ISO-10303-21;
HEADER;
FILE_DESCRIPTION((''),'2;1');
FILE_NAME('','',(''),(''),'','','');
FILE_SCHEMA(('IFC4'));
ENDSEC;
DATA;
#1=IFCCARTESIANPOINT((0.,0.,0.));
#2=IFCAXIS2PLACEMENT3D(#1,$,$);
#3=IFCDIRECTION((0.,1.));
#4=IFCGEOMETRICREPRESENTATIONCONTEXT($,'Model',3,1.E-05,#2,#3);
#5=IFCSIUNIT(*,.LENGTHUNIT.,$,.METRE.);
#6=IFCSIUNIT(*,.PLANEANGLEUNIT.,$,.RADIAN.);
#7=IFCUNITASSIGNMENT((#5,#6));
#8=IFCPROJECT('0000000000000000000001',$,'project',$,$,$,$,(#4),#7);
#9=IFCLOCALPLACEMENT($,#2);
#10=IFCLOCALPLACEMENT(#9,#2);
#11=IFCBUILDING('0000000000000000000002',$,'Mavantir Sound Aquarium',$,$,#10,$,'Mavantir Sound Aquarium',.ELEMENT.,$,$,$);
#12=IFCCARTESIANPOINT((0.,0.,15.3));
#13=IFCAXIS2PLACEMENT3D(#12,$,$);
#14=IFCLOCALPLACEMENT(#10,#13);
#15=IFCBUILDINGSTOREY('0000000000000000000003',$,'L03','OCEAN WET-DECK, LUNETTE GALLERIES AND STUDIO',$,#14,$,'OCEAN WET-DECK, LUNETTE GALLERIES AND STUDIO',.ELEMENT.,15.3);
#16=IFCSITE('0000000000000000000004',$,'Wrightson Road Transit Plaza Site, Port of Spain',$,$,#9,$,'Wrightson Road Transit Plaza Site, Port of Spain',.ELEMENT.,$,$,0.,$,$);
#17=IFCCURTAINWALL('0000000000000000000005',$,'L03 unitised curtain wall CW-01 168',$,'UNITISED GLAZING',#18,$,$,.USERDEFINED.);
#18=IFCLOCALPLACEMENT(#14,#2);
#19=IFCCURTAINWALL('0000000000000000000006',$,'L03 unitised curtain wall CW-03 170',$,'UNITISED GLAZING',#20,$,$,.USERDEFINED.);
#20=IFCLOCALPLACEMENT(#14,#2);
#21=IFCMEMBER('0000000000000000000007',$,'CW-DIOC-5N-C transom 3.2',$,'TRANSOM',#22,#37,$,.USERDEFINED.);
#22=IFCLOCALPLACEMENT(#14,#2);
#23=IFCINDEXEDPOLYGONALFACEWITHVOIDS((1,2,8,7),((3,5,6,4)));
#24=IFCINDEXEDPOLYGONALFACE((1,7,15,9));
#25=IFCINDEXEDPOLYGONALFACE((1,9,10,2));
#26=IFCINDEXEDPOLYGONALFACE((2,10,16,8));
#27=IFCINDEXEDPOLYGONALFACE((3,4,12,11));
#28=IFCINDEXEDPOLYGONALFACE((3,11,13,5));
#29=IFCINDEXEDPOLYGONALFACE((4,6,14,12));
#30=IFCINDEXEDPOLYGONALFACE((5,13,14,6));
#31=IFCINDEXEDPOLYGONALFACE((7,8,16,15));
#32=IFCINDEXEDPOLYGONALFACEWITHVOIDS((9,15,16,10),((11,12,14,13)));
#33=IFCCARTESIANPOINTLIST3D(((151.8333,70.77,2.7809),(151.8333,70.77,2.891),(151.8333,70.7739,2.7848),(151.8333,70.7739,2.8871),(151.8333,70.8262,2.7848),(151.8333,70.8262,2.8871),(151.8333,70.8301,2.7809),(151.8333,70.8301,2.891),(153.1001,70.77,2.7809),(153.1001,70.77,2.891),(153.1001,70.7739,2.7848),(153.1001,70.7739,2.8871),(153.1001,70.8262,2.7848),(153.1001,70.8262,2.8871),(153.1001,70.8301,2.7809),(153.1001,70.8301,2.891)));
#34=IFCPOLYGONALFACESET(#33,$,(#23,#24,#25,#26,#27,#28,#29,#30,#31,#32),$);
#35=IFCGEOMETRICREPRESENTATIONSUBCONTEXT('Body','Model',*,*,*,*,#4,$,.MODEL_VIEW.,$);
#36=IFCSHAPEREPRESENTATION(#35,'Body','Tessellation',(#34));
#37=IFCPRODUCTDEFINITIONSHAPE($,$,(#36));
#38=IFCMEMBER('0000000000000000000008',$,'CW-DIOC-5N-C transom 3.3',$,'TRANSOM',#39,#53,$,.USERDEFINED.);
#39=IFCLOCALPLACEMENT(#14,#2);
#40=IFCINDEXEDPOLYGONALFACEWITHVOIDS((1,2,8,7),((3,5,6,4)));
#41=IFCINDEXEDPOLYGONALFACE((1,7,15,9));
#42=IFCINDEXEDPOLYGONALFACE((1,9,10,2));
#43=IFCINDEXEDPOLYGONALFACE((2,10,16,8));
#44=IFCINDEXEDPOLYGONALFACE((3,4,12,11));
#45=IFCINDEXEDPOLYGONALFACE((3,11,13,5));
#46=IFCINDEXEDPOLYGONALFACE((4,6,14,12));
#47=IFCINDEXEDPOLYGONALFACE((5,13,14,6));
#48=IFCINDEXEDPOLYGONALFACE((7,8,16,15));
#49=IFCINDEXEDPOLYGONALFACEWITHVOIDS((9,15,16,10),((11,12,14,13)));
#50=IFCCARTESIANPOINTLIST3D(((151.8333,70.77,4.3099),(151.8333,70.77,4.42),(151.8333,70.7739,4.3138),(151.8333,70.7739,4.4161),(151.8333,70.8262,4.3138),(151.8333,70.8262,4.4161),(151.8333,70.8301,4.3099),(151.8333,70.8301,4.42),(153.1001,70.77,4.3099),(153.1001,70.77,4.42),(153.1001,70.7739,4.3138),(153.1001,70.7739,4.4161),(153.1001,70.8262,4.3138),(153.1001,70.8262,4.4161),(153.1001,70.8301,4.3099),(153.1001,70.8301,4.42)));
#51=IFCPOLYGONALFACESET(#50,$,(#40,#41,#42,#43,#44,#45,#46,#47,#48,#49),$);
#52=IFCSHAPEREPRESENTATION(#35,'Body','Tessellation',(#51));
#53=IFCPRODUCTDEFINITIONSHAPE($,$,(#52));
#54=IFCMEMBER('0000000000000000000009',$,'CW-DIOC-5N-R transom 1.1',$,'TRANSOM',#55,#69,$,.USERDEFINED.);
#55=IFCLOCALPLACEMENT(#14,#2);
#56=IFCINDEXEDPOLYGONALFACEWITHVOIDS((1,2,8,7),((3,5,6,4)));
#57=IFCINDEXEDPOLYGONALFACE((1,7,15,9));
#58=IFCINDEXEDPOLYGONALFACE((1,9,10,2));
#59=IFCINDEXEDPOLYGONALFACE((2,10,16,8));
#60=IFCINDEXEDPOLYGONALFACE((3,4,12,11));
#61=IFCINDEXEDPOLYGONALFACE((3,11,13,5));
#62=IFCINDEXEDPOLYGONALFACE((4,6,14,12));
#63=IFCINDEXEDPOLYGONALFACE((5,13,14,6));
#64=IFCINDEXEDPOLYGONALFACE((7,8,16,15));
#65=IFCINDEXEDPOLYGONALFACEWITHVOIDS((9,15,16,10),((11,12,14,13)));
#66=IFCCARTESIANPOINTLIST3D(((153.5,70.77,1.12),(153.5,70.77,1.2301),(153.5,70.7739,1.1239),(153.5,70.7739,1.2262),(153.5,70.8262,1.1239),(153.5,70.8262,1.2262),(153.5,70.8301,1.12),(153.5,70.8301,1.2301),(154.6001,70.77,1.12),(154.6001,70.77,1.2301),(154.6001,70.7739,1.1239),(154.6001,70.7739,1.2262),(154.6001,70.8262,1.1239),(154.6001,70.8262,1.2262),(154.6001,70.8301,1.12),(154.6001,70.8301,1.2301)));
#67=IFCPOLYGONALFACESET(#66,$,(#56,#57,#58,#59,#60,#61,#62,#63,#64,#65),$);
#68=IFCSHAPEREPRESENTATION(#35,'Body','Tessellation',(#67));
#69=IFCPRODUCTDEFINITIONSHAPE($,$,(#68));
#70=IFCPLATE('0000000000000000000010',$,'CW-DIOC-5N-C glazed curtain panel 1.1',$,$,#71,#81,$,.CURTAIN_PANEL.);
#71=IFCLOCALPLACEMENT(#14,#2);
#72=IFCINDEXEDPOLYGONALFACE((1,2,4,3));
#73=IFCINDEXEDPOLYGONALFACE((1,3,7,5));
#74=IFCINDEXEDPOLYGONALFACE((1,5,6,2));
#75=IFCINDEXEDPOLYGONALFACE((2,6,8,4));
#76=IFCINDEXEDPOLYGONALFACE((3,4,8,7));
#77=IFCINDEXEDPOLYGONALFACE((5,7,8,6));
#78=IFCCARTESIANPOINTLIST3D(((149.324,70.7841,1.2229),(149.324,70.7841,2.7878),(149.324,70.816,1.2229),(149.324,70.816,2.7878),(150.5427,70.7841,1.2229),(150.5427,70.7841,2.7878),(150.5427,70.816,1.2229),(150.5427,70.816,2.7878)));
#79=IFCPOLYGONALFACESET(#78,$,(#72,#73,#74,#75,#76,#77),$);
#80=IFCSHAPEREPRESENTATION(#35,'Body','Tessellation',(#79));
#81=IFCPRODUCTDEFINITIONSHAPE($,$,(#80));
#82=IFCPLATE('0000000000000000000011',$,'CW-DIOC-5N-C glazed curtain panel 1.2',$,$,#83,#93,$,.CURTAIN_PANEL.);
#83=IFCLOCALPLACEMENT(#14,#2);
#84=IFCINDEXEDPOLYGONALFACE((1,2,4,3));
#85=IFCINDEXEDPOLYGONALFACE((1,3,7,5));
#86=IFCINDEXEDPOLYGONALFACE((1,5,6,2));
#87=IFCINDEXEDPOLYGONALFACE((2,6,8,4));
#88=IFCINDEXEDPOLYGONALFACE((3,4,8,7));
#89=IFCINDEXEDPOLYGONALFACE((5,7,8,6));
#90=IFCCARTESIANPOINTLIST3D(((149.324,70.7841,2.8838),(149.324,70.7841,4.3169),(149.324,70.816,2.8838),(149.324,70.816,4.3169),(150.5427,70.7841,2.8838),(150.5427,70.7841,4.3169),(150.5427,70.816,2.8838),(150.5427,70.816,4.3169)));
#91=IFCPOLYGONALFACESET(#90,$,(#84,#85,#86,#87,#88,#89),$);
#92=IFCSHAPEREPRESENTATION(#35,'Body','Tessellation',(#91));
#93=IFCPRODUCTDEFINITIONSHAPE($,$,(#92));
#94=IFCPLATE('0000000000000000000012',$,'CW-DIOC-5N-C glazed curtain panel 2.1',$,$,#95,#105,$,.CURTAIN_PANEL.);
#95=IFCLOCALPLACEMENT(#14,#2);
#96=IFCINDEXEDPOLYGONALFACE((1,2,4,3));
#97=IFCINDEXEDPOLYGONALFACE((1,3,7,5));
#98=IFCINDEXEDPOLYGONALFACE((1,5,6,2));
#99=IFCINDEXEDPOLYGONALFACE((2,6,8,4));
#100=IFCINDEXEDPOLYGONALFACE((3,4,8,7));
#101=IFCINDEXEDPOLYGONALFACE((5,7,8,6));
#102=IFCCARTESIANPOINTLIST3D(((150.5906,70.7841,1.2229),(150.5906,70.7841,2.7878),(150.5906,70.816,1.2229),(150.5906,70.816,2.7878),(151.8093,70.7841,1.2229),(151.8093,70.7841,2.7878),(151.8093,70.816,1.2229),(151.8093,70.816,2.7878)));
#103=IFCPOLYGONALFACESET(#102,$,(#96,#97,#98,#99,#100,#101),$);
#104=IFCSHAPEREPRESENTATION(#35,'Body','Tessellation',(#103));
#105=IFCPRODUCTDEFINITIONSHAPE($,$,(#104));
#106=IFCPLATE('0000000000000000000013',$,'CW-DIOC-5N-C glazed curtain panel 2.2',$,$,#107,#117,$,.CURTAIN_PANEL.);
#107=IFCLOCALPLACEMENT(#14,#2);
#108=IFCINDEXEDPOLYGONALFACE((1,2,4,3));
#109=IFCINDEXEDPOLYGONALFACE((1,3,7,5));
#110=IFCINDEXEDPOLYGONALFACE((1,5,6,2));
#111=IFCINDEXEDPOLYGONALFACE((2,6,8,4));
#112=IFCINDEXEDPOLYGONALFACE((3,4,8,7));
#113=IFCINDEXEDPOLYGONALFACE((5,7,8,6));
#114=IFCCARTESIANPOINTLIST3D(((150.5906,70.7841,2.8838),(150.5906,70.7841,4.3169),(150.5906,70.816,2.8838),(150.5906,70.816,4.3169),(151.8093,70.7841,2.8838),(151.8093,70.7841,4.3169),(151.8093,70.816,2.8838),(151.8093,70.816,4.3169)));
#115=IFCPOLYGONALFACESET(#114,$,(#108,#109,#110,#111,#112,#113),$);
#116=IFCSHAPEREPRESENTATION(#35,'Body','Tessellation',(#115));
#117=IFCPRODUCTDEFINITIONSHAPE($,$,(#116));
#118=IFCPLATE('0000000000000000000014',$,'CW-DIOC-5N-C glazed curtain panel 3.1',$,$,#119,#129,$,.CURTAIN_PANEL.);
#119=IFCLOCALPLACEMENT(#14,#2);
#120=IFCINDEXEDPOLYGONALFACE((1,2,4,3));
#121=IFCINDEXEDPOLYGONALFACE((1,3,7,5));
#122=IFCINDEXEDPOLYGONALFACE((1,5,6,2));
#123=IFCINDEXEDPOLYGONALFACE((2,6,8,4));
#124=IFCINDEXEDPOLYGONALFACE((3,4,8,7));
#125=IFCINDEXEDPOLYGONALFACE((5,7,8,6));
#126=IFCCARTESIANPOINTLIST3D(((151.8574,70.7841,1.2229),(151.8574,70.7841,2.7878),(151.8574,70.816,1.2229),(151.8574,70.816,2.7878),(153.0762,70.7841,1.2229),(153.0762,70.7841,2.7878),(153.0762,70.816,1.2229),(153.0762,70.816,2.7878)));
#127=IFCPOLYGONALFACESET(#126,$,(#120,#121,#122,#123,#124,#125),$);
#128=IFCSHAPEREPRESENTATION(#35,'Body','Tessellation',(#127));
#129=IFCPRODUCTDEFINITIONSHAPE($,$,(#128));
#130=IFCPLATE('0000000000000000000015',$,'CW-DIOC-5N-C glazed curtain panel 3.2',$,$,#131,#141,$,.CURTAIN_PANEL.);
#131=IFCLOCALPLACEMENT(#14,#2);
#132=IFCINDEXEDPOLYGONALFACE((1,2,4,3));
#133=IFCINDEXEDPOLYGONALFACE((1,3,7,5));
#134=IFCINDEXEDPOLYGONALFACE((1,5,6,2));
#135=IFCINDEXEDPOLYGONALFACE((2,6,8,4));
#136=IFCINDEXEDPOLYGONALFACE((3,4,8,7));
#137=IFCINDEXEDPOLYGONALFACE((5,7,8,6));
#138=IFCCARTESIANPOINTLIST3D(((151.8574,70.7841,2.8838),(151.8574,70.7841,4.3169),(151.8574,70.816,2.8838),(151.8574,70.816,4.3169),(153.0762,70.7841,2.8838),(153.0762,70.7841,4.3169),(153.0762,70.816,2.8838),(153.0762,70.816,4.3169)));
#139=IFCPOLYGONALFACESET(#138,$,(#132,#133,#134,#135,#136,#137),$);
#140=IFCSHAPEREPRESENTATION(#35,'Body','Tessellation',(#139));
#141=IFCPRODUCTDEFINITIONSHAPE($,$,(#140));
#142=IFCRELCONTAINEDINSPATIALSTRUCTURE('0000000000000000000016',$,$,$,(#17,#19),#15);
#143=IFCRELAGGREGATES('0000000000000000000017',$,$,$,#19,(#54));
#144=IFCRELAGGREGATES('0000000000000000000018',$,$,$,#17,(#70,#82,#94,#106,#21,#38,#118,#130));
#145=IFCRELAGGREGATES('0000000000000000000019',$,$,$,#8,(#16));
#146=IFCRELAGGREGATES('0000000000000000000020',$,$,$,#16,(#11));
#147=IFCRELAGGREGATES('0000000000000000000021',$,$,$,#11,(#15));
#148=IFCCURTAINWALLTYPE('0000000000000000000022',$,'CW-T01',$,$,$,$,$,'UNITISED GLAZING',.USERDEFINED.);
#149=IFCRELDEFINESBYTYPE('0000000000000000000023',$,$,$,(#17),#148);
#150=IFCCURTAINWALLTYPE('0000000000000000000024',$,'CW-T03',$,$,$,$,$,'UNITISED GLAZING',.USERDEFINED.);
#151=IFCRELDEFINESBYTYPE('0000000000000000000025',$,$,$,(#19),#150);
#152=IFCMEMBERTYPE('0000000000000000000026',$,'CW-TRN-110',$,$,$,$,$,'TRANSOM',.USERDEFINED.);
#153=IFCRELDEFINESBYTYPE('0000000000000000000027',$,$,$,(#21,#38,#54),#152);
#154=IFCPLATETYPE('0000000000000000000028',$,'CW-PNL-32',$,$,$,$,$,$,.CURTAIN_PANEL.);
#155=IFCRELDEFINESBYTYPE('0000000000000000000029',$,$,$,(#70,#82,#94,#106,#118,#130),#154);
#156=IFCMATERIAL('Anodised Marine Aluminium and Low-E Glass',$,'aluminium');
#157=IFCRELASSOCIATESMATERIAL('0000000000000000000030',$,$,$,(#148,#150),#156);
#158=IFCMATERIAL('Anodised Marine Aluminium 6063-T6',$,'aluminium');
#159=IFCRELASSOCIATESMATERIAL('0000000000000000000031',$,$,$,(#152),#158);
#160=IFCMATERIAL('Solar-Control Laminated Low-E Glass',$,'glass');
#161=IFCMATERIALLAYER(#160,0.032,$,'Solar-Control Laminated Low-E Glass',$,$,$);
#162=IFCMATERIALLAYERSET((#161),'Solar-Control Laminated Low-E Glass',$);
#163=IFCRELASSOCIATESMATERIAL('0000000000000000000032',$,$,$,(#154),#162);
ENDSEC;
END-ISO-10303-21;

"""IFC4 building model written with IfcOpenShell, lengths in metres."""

from ifc_helpers import new_model, si_unit, direction, frame, origin, origin_2d, place, context, subcontext, project, spatial, rectangle, hollow_rectangle, extrude, material, layer, layer_set, material_profile, profile_set, type_object, element, aggregate, save


model = new_model("IFC4")

# Units and contexts
model_context = context("Model", 3, precision=1e-05, world=origin(), true_north=direction((0.0, 1.0)))
body_context = subcontext(model_context, "Body", "Model", "MODEL_VIEW")
ifc_project = project(units=[si_unit("LENGTHUNIT", "METRE"), si_unit("PLANEANGLEUNIT", "RADIAN")], contexts=[model_context])

# Site, building, storey
site_placement = place(None, origin())
site = spatial("IfcSite", under=ifc_project, at=site_placement, Name="Wrightson Road Transit Plaza Site, Port of Spain", LongName="Wrightson Road Transit Plaza Site, Port of Spain", CompositionType="ELEMENT", RefElevation=0.0)
building_placement = place(site_placement, origin())
building = spatial("IfcBuilding", under=site, at=building_placement, Name="Mavantir Sound Aquarium", LongName="Mavantir Sound Aquarium", CompositionType="ELEMENT")
storey_placement = place(building_placement, frame((0.0, 0.0, 15.3)))
storey = spatial("IfcBuildingStorey", under=building, at=storey_placement, Name="L03", Description="OCEAN WET-DECK, LUNETTE GALLERIES AND STUDIO", LongName="OCEAN WET-DECK, LUNETTE GALLERIES AND STUDIO", CompositionType="ELEMENT", Elevation=15.3)

# Curtain wall
ifc_material_1 = material(Name="Anodised Marine Aluminium and Low-E Glass", Category="aluminium")
curtain_wall_type_1 = type_object("IfcCurtainWallType", Name="CW-T01", ElementType="UNITISED GLAZING", PredefinedType="USERDEFINED", material=ifc_material_1)
curtain_wall_1_placement = place(storey_placement, origin())
curtain_wall_1 = element("IfcCurtainWall", 1, at=curtain_wall_1_placement, inside=storey, type_object=curtain_wall_type_1, Name="L03 unitised curtain wall CW-01 168", ObjectType="UNITISED GLAZING", PredefinedType="USERDEFINED")
ifc_material_2 = material(Name="Anodised Marine Aluminium 6063-T6", Category="aluminium")

# Curtain wall
curtain_wall_type_2 = type_object("IfcCurtainWallType", Name="CW-T03", ElementType="UNITISED GLAZING", PredefinedType="USERDEFINED", material=ifc_material_1)
curtain_wall_2_placement = place(storey_placement, origin())
curtain_wall_2 = element("IfcCurtainWall", 2, at=curtain_wall_2_placement, inside=storey, type_object=curtain_wall_type_2, Name="L03 unitised curtain wall CW-03 170", ObjectType="UNITISED GLAZING", PredefinedType="USERDEFINED")

# Members
ifc_material_profile_1 = material_profile(ifc_material_2, hollow_rectangle(XDim=0.0601, YDim=0.1101, WallThickness=0.0039, at=origin_2d()), Name="ALU-TRANSOM-110X60")
ifc_profile_set_1 = profile_set([ifc_material_profile_1], Name="Anodised Marine Aluminium 6063-T6")
member_type_1 = type_object("IfcMemberType", Name="CW-TRN-110", ElementType="TRANSOM", PredefinedType="USERDEFINED", material=ifc_profile_set_1)
member_1_placement = place(storey_placement, frame((151.8333, 70.8, 2.8359), z_axis=(1.0, 0.0, 0.0), x_axis=(0.0, 1.0, 0.0)))
member_1 = element("IfcMember", 3, at=member_1_placement, type_object=member_type_1, Name="CW-DIOC-5N-C transom 3.2", ObjectType="TRANSOM", PredefinedType="USERDEFINED", context=body_context, shape_type="SweptSolid", body=[
    extrude(hollow_rectangle(XDim=0.0601, YDim=0.1101, WallThickness=0.0039, at=origin_2d()), origin(), (0.0, 0.0, 1.0), 1.2668),
])
member_2_placement = place(storey_placement, frame((151.8333, 70.8, 4.365), z_axis=(1.0, 0.0, 0.0), x_axis=(0.0, 1.0, 0.0)))
member_2 = element("IfcMember", 4, at=member_2_placement, type_object=member_type_1, Name="CW-DIOC-5N-C transom 3.3", ObjectType="TRANSOM", PredefinedType="USERDEFINED", context=body_context, shape_type="SweptSolid", body=[
    extrude(hollow_rectangle(XDim=0.0601, YDim=0.1101, WallThickness=0.0039, at=origin_2d()), origin(), (0.0, 0.0, 1.0), 1.2668),
])
member_3_placement = place(storey_placement, frame((153.5, 70.8, 1.175), z_axis=(1.0, 0.0, 0.0), x_axis=(0.0, 1.0, 0.0)))
member_3 = element("IfcMember", 5, at=member_3_placement, type_object=member_type_1, Name="CW-DIOC-5N-R transom 1.1", ObjectType="TRANSOM", PredefinedType="USERDEFINED", context=body_context, shape_type="SweptSolid", body=[
    extrude(hollow_rectangle(XDim=0.0601, YDim=0.1101, WallThickness=0.0039, at=origin_2d()), origin(), (0.0, 0.0, 1.0), 1.1001),
])
aggregate(curtain_wall_2, [member_3])

# Plates
ifc_material_3 = material(Name="Solar-Control Laminated Low-E Glass", Category="glass")
ifc_layer = layer(ifc_material_3, 0.032, Name="Solar-Control Laminated Low-E Glass")
ifc_layer_set = layer_set([ifc_layer], Name="Solar-Control Laminated Low-E Glass")
plate_type = type_object("IfcPlateType", Name="CW-PNL-32", PredefinedType="CURTAIN_PANEL", material=ifc_layer_set)
plate_1_placement = place(storey_placement, frame((149.9333, 70.8, 1.2229), z_axis=(0.0, 0.0, 1.0), x_axis=(1.0, 0.0, 0.0)))
plate_1 = element("IfcPlate", 6, at=plate_1_placement, type_object=plate_type, Name="CW-DIOC-5N-C glazed curtain panel 1.1", PredefinedType="CURTAIN_PANEL", context=body_context, shape_type="SweptSolid", body=[
    extrude(rectangle(XDim=1.2188, YDim=0.032, at=origin_2d()), origin(), (0.0, 0.0, 1.0), 1.5649),
])
plate_2_placement = place(storey_placement, frame((149.9333, 70.8, 2.8838), z_axis=(0.0, 0.0, 1.0), x_axis=(1.0, 0.0, 0.0)))
plate_2 = element("IfcPlate", 7, at=plate_2_placement, type_object=plate_type, Name="CW-DIOC-5N-C glazed curtain panel 1.2", PredefinedType="CURTAIN_PANEL", context=body_context, shape_type="SweptSolid", body=[
    extrude(rectangle(XDim=1.2188, YDim=0.032, at=origin_2d()), origin(), (0.0, 0.0, 1.0), 1.4331),
])
plate_3_placement = place(storey_placement, frame((151.2, 70.8, 1.2229), z_axis=(0.0, 0.0, 1.0), x_axis=(1.0, 0.0, 0.0)))
plate_3 = element("IfcPlate", 8, at=plate_3_placement, type_object=plate_type, Name="CW-DIOC-5N-C glazed curtain panel 2.1", PredefinedType="CURTAIN_PANEL", context=body_context, shape_type="SweptSolid", body=[
    extrude(rectangle(XDim=1.2188, YDim=0.032, at=origin_2d()), origin(), (0.0, 0.0, 1.0), 1.5649),
])
plate_4_placement = place(storey_placement, frame((151.2, 70.8, 2.8838), z_axis=(0.0, 0.0, 1.0), x_axis=(1.0, 0.0, 0.0)))
plate_4 = element("IfcPlate", 9, at=plate_4_placement, type_object=plate_type, Name="CW-DIOC-5N-C glazed curtain panel 2.2", PredefinedType="CURTAIN_PANEL", context=body_context, shape_type="SweptSolid", body=[
    extrude(rectangle(XDim=1.2188, YDim=0.032, at=origin_2d()), origin(), (0.0, 0.0, 1.0), 1.4331),
])
plate_5_placement = place(storey_placement, frame((152.4668, 70.8, 1.2229), z_axis=(0.0, 0.0, 1.0), x_axis=(1.0, 0.0, 0.0)))
plate_5 = element("IfcPlate", 10, at=plate_5_placement, type_object=plate_type, Name="CW-DIOC-5N-C glazed curtain panel 3.1", PredefinedType="CURTAIN_PANEL", context=body_context, shape_type="SweptSolid", body=[
    extrude(rectangle(XDim=1.2188, YDim=0.032, at=origin_2d()), origin(), (0.0, 0.0, 1.0), 1.5649),
])
plate_6_placement = place(storey_placement, frame((152.4668, 70.8, 2.8838), z_axis=(0.0, 0.0, 1.0), x_axis=(1.0, 0.0, 0.0)))
plate_6 = element("IfcPlate", 11, at=plate_6_placement, type_object=plate_type, Name="CW-DIOC-5N-C glazed curtain panel 3.2", PredefinedType="CURTAIN_PANEL", context=body_context, shape_type="SweptSolid", body=[
    extrude(rectangle(XDim=1.2188, YDim=0.032, at=origin_2d()), origin(), (0.0, 0.0, 1.0), 1.4331),
])
aggregate(curtain_wall_1, [plate_1, plate_2, plate_3, plate_4, member_1, member_2, plate_5, plate_6])

save(model, "model.ifc")
